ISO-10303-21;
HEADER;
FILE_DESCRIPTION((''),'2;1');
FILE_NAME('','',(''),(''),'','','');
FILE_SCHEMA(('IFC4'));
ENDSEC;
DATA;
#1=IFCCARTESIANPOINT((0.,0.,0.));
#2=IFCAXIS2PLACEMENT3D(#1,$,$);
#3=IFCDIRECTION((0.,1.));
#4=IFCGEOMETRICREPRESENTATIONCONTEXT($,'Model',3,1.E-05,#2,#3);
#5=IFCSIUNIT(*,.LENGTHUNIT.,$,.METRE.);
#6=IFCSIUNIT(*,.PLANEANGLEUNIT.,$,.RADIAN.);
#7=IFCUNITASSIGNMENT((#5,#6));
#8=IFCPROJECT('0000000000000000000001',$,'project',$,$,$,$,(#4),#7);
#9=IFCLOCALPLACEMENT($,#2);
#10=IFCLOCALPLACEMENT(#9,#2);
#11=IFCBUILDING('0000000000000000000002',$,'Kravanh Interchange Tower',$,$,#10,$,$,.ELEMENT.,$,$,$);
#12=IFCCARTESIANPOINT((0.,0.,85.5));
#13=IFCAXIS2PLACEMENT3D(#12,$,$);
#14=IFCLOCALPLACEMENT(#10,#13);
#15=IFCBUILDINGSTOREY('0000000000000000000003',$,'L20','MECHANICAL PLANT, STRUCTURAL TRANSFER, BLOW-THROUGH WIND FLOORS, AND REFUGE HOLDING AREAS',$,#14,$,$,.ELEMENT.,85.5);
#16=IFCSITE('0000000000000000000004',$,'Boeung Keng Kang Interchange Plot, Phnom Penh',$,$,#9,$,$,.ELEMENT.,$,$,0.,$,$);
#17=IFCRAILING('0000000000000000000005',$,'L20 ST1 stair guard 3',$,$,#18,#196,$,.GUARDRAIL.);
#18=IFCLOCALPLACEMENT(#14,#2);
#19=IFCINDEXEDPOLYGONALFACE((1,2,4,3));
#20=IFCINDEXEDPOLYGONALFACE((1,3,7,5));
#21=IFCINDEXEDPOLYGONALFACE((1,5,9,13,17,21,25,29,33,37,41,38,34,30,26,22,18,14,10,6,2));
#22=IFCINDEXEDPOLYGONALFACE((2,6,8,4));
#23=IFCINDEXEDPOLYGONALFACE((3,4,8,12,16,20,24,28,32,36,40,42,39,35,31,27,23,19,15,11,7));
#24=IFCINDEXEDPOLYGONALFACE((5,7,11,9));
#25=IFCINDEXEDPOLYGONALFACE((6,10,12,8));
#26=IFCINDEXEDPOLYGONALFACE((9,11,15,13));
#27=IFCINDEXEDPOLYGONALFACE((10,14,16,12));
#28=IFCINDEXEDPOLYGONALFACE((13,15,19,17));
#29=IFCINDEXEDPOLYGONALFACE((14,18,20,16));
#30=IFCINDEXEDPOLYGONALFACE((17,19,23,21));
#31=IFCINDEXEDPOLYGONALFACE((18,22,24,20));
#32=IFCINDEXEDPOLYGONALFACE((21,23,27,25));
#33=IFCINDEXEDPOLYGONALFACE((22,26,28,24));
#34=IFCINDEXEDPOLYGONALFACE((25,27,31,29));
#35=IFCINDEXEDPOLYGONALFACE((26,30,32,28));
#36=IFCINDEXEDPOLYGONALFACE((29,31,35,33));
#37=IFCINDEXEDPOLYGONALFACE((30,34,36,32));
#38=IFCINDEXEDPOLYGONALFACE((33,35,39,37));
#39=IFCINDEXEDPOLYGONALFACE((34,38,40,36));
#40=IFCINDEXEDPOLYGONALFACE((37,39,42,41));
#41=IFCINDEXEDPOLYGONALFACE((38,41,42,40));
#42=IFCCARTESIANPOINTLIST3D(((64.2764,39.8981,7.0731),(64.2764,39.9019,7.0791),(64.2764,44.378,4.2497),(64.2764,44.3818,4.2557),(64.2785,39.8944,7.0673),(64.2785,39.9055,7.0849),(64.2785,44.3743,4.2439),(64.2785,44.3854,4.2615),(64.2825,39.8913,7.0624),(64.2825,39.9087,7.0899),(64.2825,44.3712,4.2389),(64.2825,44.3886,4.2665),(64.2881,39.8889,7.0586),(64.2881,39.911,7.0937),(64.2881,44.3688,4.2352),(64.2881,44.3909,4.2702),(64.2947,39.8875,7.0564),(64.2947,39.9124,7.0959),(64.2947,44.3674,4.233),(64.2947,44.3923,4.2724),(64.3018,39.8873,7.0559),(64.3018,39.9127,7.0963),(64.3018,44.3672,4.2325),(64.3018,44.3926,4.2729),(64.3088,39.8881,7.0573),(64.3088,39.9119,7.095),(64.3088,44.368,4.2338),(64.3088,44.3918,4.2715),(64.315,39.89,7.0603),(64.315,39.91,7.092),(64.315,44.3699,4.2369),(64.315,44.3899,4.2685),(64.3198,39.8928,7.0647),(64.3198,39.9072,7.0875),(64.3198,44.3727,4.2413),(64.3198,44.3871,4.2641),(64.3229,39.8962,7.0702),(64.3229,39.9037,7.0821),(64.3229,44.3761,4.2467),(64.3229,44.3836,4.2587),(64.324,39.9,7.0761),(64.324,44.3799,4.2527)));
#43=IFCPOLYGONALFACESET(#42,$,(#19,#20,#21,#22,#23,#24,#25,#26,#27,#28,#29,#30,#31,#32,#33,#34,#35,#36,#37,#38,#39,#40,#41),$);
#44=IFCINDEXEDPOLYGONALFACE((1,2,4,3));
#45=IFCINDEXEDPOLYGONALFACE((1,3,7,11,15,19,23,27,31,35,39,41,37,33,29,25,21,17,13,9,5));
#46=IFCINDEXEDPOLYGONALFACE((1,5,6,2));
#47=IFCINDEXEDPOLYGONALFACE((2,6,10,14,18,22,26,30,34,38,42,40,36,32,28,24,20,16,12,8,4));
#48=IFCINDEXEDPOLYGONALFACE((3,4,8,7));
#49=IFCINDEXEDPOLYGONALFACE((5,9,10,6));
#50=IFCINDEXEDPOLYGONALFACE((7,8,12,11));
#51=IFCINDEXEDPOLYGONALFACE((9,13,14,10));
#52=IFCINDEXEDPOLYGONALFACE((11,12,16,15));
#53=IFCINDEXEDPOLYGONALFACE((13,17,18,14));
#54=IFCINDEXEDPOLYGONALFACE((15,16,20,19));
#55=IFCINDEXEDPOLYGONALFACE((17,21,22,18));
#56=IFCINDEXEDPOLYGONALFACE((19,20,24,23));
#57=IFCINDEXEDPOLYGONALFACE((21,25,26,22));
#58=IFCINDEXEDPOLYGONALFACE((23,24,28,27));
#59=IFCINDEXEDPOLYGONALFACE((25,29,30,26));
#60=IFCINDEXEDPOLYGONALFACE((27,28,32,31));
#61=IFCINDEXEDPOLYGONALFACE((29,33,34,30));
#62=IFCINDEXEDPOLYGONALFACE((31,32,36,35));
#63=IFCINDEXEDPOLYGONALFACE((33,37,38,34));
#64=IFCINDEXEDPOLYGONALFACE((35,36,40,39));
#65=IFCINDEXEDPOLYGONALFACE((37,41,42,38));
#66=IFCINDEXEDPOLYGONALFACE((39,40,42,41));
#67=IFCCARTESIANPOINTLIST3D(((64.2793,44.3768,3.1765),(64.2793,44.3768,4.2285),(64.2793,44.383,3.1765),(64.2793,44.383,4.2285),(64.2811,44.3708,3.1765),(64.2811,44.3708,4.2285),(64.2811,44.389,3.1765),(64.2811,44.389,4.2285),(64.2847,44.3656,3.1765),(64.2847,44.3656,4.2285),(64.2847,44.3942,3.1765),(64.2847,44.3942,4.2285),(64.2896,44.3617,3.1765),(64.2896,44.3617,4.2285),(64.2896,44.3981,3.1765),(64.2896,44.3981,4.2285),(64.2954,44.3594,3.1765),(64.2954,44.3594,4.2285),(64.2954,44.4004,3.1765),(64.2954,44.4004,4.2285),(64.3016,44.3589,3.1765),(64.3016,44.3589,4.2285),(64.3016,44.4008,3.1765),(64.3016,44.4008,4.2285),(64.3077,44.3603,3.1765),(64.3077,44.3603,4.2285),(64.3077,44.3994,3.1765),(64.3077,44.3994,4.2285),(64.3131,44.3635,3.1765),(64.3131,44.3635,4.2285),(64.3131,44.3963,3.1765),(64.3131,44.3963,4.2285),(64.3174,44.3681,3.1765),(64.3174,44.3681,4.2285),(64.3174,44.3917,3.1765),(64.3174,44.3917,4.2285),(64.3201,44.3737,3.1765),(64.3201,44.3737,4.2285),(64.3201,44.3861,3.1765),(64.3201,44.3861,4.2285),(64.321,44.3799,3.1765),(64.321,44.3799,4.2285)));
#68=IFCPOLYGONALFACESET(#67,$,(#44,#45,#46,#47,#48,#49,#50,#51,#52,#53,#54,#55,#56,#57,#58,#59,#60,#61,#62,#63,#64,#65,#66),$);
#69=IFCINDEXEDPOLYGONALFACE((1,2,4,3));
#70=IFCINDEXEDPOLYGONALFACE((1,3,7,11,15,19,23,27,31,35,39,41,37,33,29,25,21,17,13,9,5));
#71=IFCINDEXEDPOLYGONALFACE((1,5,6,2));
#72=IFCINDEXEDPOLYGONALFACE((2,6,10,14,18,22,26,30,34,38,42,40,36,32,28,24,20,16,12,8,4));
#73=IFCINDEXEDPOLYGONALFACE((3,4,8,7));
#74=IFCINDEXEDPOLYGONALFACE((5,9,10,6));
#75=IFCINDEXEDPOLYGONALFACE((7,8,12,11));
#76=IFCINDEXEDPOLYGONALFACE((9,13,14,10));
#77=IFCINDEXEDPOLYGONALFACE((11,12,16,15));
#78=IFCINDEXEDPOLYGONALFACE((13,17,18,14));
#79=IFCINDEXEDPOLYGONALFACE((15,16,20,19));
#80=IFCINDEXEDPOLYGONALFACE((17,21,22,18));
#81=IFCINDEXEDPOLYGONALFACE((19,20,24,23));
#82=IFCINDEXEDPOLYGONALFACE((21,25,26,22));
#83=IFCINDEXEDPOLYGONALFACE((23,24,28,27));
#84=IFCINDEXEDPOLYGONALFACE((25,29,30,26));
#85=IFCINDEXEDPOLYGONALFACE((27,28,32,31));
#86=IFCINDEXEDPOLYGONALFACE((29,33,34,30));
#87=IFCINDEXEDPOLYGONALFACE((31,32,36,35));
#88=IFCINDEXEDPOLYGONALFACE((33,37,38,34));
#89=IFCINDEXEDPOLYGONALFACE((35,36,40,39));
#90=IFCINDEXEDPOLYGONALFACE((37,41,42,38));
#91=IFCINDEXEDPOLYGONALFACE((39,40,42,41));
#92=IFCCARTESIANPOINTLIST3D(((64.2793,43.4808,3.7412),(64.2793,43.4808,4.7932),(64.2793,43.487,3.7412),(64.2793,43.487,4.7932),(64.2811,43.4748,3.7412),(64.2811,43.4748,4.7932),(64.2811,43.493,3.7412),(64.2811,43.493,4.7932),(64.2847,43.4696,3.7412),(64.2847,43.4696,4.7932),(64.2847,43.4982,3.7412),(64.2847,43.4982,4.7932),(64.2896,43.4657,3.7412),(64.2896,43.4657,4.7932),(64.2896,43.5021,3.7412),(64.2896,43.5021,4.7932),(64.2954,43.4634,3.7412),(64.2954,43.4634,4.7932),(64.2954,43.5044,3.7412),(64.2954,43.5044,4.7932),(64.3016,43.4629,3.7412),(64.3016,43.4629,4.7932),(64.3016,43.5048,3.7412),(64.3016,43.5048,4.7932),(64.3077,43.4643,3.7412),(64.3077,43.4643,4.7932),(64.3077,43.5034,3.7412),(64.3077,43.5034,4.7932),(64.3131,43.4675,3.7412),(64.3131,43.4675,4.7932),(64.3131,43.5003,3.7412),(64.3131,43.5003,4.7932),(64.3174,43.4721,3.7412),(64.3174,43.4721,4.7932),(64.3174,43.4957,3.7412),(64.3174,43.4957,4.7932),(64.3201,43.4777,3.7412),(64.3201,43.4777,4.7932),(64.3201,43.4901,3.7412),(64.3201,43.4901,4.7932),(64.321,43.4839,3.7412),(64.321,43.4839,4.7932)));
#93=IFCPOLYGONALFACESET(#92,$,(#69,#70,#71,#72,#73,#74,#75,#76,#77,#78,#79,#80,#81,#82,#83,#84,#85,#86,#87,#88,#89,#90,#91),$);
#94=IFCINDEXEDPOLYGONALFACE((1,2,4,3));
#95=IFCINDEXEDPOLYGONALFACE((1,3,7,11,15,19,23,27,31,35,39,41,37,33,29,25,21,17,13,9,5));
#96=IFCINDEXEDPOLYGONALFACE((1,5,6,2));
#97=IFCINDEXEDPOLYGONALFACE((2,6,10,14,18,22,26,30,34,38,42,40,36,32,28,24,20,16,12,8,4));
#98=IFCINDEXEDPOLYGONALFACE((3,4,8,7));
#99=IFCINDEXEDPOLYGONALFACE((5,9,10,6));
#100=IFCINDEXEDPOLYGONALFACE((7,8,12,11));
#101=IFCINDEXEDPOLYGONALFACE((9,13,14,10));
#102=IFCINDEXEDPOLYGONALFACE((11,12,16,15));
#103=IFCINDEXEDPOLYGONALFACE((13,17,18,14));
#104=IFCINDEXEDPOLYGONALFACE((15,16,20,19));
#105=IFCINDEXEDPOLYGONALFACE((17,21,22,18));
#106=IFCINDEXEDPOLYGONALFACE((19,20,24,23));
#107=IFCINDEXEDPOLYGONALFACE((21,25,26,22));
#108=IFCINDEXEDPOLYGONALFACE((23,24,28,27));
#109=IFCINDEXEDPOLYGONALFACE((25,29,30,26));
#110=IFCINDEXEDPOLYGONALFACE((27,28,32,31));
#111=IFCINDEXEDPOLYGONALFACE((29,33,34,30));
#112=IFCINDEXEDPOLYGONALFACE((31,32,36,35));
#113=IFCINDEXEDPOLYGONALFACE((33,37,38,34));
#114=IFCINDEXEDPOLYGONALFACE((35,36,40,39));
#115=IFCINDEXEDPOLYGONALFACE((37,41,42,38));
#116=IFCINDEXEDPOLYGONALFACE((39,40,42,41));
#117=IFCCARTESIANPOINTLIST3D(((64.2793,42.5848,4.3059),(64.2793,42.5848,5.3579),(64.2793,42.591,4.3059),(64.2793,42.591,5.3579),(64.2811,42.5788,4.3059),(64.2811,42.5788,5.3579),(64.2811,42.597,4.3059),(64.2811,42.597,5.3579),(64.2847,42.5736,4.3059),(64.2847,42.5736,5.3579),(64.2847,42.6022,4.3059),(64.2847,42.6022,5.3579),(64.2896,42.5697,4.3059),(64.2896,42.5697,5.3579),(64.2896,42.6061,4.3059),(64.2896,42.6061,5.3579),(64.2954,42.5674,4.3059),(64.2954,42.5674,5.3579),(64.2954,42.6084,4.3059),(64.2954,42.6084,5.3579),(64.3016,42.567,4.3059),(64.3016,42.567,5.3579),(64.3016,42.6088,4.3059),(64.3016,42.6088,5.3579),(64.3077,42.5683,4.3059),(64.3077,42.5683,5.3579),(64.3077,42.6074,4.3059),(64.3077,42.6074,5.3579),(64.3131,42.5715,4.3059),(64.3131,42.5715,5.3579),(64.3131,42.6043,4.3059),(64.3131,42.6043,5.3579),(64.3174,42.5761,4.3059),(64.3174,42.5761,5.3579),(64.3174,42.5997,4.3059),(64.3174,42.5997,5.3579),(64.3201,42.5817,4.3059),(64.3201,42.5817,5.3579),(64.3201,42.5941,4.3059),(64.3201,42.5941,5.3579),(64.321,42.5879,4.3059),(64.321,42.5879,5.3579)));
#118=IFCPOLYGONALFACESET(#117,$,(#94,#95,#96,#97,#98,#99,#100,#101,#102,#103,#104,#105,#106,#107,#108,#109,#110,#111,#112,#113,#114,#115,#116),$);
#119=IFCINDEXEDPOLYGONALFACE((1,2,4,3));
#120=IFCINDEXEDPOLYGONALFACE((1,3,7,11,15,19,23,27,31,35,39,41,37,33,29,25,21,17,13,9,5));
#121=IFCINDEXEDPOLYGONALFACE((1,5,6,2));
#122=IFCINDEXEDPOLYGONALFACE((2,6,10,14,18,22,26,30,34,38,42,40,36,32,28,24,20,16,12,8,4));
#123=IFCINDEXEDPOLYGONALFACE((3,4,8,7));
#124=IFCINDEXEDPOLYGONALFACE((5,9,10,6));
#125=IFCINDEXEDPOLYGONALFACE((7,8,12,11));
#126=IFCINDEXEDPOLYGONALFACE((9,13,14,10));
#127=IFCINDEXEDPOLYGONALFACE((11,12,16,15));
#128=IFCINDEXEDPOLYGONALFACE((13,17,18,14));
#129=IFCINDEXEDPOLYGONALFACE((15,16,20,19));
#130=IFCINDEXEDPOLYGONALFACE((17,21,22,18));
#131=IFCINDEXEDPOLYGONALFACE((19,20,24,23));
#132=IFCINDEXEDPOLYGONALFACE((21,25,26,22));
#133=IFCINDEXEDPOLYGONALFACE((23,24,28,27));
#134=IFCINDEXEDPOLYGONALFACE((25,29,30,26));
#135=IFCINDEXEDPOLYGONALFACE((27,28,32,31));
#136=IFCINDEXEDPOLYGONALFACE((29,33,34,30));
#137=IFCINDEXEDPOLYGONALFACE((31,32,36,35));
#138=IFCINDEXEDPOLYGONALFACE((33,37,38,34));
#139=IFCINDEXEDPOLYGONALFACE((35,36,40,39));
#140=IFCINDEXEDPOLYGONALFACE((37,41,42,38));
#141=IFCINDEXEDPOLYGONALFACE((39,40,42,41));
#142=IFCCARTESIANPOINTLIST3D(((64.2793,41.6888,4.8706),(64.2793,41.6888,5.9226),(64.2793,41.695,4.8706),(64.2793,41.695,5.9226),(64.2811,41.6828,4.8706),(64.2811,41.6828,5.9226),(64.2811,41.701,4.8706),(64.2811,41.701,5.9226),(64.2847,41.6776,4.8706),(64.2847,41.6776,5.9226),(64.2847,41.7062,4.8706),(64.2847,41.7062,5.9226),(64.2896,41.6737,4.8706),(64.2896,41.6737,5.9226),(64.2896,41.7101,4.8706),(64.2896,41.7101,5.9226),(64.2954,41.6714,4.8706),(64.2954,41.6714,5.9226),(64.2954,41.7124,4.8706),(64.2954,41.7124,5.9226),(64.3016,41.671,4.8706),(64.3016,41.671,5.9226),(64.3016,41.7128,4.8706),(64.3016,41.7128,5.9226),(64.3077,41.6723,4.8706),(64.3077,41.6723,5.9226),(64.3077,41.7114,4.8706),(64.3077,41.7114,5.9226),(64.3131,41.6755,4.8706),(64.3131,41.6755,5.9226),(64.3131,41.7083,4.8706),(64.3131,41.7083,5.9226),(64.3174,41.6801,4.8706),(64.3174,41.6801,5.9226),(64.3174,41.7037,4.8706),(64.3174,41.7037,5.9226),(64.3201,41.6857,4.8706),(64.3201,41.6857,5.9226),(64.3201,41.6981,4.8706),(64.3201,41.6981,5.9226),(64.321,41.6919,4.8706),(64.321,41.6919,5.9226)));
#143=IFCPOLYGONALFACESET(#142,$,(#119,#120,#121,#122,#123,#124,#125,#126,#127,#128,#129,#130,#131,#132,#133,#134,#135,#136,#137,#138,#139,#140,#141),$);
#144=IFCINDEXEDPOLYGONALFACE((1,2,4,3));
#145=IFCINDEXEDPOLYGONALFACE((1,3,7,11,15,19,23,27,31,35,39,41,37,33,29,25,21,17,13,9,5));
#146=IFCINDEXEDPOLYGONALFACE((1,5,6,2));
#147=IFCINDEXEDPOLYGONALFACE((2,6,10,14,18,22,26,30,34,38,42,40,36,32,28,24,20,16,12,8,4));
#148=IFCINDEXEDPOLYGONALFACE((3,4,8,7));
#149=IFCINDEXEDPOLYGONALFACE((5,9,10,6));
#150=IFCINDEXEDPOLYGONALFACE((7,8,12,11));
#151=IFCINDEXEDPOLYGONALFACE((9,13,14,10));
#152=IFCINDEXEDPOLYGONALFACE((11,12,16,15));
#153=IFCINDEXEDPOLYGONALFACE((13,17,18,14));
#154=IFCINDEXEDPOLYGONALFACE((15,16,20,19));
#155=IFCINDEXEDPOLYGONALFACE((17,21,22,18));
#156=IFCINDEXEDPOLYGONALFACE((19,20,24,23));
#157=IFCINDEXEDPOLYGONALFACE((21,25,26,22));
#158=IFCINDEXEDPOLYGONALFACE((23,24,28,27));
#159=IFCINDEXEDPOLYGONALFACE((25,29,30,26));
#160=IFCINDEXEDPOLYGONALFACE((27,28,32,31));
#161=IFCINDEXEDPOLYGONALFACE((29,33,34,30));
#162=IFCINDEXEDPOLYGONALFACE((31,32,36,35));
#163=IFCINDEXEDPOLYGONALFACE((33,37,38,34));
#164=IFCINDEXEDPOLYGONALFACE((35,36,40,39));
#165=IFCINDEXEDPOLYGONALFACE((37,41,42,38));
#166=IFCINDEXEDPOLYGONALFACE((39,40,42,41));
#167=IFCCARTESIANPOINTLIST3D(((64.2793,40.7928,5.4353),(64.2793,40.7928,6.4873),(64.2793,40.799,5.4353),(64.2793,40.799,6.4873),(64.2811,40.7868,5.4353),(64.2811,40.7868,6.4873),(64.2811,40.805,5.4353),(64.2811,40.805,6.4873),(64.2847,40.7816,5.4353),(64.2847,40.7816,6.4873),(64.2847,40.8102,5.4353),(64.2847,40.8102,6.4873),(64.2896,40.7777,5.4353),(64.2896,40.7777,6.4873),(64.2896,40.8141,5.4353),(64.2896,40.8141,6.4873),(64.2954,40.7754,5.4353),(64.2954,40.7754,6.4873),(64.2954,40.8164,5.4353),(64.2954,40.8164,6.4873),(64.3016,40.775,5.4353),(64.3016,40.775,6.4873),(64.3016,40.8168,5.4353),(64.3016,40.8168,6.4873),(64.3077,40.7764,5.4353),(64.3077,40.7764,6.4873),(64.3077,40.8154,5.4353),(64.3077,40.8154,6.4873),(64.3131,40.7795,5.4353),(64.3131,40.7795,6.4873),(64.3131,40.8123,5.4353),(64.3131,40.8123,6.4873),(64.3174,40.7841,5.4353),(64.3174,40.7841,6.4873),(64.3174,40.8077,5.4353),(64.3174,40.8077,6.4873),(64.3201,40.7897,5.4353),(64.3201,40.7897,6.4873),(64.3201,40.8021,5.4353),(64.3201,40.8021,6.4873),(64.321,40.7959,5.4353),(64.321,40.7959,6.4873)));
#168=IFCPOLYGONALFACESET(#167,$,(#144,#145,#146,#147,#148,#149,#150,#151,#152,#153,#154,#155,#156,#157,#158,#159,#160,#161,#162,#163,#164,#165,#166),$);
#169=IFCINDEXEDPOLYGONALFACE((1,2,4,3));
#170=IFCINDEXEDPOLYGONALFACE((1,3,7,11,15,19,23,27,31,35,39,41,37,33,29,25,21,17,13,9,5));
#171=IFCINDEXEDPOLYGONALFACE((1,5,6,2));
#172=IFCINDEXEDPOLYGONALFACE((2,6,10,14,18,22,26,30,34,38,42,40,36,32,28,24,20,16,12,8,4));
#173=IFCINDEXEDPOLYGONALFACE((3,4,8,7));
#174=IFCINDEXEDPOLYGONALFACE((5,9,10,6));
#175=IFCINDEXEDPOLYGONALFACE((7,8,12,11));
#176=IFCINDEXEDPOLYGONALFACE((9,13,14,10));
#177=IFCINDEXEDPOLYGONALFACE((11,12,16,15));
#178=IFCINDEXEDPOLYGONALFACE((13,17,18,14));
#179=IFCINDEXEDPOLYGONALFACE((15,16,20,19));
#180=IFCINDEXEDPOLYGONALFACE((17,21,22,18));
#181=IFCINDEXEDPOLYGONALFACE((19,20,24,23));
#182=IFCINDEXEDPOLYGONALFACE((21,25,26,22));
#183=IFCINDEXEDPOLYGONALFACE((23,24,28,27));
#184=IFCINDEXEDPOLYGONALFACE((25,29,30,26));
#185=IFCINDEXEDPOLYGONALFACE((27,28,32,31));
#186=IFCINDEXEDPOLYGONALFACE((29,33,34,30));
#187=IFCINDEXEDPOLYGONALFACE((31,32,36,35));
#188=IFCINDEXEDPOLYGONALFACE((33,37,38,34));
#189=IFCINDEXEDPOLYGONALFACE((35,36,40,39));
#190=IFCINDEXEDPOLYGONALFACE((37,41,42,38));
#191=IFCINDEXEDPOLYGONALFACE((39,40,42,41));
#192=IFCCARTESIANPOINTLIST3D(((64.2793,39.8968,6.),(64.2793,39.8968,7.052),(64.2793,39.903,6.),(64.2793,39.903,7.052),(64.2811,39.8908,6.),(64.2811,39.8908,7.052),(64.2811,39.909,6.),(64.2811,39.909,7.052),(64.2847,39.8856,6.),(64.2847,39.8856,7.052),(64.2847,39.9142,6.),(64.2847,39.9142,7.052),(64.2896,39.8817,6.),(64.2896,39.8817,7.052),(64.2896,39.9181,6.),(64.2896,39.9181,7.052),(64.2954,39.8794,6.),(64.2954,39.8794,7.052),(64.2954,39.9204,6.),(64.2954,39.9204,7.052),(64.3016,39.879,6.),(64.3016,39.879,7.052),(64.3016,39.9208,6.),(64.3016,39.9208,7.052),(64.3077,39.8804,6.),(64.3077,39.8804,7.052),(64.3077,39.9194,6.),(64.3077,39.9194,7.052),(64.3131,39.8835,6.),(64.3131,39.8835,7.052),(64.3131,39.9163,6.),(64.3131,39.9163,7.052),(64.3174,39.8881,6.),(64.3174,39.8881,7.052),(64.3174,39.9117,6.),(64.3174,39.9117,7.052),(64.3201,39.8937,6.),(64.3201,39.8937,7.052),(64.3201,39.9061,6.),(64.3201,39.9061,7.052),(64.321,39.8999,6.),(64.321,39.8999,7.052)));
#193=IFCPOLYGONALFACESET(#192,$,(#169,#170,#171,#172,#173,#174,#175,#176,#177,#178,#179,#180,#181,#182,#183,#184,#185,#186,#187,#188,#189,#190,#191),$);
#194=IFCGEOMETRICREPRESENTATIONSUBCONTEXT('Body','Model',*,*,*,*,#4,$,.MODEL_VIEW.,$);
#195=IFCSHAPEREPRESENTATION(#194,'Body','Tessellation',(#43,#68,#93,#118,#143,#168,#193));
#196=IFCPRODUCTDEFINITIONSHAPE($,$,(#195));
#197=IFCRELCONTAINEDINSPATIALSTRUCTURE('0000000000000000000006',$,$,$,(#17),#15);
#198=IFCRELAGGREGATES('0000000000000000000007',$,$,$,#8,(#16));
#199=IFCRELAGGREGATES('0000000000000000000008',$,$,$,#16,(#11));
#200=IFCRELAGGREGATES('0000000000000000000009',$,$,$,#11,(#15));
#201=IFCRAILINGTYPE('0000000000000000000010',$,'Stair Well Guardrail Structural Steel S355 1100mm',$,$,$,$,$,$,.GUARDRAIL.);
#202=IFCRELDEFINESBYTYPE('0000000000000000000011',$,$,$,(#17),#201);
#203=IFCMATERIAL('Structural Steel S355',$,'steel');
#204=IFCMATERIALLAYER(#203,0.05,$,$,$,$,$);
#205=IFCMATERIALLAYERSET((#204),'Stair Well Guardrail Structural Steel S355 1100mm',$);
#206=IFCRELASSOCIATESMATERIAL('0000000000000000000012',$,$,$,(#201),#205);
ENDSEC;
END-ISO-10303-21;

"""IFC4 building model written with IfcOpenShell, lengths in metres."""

from ifc_helpers import new_model, si_unit, direction, frame, origin, origin_2d, place, context, subcontext, project, spatial, circle, extrude, material, layer, layer_set, type_object, element, save


model = new_model("IFC4")

# Units and contexts
model_context = context("Model", 3, precision=1e-05, world=origin(), true_north=direction((0.0, 1.0)))
body_context = subcontext(model_context, "Body", "Model", "MODEL_VIEW")
ifc_project = project(units=[si_unit("LENGTHUNIT", "METRE"), si_unit("PLANEANGLEUNIT", "RADIAN")], contexts=[model_context])

# Site, building, storey
site_placement = place(None, origin())
site = spatial("IfcSite", under=ifc_project, at=site_placement, Name="Boeung Keng Kang Interchange Plot, Phnom Penh", CompositionType="ELEMENT", RefElevation=0.0)
building_placement = place(site_placement, origin())
building = spatial("IfcBuilding", under=site, at=building_placement, Name="Kravanh Interchange Tower", CompositionType="ELEMENT")
storey_placement = place(building_placement, frame((0.0, 0.0, 85.5)))
storey = spatial("IfcBuildingStorey", under=building, at=storey_placement, Name="L20", Description="MECHANICAL PLANT, STRUCTURAL TRANSFER, BLOW-THROUGH WIND FLOORS, AND REFUGE HOLDING AREAS", CompositionType="ELEMENT", Elevation=85.5)

# Railing
ifc_material_1 = material(Name="Structural Steel S355", Category="steel")
ifc_layer_1 = layer(ifc_material_1, 0.05)
ifc_layer_set_1 = layer_set([ifc_layer_1], Name="Stair Well Guardrail Structural Steel S355 1100mm")
railing_type_1 = type_object("IfcRailingType", Name="Stair Well Guardrail Structural Steel S355 1100mm", PredefinedType="GUARDRAIL", material=ifc_layer_set_1)
railing_1_placement = place(storey_placement, frame((64.3, 44.3799, 3.1765)))
element("IfcRailing", 1, at=railing_1_placement, inside=storey, type_object=railing_type_1, Name="L20 ST1 stair guard 3", PredefinedType="GUARDRAIL", context=body_context, shape_type="SweptSolid", body=[
    extrude(circle(Radius=0.0239, at=origin_2d()), frame((0.0, 0.0, 1.0762), z_axis=(0.0, -0.845998, 0.533186), x_axis=(1.0, 0.0, 0.0)), (0.0, 0.0, 1.0), 5.2954),
    extrude(circle(Radius=0.021, at=origin_2d()), origin(), (0.0, 0.0, 1.0), 1.052),
    extrude(circle(Radius=0.021, at=origin_2d()), frame((0.0, -0.896, 0.5647)), (0.0, 0.0, 1.0), 1.052),
    extrude(circle(Radius=0.021, at=origin_2d()), frame((0.0, -1.792, 1.1294)), (0.0, 0.0, 1.0), 1.052),
    extrude(circle(Radius=0.021, at=origin_2d()), frame((0.0, -2.688, 1.6941)), (0.0, 0.0, 1.0), 1.052),
    extrude(circle(Radius=0.021, at=origin_2d()), frame((0.0, -3.584, 2.2588)), (0.0, 0.0, 1.0), 1.052),
    extrude(circle(Radius=0.021, at=origin_2d()), frame((0.0, -4.48, 2.8235)), (0.0, 0.0, 1.0), 1.052),
])

save(model, "model.ifc")
